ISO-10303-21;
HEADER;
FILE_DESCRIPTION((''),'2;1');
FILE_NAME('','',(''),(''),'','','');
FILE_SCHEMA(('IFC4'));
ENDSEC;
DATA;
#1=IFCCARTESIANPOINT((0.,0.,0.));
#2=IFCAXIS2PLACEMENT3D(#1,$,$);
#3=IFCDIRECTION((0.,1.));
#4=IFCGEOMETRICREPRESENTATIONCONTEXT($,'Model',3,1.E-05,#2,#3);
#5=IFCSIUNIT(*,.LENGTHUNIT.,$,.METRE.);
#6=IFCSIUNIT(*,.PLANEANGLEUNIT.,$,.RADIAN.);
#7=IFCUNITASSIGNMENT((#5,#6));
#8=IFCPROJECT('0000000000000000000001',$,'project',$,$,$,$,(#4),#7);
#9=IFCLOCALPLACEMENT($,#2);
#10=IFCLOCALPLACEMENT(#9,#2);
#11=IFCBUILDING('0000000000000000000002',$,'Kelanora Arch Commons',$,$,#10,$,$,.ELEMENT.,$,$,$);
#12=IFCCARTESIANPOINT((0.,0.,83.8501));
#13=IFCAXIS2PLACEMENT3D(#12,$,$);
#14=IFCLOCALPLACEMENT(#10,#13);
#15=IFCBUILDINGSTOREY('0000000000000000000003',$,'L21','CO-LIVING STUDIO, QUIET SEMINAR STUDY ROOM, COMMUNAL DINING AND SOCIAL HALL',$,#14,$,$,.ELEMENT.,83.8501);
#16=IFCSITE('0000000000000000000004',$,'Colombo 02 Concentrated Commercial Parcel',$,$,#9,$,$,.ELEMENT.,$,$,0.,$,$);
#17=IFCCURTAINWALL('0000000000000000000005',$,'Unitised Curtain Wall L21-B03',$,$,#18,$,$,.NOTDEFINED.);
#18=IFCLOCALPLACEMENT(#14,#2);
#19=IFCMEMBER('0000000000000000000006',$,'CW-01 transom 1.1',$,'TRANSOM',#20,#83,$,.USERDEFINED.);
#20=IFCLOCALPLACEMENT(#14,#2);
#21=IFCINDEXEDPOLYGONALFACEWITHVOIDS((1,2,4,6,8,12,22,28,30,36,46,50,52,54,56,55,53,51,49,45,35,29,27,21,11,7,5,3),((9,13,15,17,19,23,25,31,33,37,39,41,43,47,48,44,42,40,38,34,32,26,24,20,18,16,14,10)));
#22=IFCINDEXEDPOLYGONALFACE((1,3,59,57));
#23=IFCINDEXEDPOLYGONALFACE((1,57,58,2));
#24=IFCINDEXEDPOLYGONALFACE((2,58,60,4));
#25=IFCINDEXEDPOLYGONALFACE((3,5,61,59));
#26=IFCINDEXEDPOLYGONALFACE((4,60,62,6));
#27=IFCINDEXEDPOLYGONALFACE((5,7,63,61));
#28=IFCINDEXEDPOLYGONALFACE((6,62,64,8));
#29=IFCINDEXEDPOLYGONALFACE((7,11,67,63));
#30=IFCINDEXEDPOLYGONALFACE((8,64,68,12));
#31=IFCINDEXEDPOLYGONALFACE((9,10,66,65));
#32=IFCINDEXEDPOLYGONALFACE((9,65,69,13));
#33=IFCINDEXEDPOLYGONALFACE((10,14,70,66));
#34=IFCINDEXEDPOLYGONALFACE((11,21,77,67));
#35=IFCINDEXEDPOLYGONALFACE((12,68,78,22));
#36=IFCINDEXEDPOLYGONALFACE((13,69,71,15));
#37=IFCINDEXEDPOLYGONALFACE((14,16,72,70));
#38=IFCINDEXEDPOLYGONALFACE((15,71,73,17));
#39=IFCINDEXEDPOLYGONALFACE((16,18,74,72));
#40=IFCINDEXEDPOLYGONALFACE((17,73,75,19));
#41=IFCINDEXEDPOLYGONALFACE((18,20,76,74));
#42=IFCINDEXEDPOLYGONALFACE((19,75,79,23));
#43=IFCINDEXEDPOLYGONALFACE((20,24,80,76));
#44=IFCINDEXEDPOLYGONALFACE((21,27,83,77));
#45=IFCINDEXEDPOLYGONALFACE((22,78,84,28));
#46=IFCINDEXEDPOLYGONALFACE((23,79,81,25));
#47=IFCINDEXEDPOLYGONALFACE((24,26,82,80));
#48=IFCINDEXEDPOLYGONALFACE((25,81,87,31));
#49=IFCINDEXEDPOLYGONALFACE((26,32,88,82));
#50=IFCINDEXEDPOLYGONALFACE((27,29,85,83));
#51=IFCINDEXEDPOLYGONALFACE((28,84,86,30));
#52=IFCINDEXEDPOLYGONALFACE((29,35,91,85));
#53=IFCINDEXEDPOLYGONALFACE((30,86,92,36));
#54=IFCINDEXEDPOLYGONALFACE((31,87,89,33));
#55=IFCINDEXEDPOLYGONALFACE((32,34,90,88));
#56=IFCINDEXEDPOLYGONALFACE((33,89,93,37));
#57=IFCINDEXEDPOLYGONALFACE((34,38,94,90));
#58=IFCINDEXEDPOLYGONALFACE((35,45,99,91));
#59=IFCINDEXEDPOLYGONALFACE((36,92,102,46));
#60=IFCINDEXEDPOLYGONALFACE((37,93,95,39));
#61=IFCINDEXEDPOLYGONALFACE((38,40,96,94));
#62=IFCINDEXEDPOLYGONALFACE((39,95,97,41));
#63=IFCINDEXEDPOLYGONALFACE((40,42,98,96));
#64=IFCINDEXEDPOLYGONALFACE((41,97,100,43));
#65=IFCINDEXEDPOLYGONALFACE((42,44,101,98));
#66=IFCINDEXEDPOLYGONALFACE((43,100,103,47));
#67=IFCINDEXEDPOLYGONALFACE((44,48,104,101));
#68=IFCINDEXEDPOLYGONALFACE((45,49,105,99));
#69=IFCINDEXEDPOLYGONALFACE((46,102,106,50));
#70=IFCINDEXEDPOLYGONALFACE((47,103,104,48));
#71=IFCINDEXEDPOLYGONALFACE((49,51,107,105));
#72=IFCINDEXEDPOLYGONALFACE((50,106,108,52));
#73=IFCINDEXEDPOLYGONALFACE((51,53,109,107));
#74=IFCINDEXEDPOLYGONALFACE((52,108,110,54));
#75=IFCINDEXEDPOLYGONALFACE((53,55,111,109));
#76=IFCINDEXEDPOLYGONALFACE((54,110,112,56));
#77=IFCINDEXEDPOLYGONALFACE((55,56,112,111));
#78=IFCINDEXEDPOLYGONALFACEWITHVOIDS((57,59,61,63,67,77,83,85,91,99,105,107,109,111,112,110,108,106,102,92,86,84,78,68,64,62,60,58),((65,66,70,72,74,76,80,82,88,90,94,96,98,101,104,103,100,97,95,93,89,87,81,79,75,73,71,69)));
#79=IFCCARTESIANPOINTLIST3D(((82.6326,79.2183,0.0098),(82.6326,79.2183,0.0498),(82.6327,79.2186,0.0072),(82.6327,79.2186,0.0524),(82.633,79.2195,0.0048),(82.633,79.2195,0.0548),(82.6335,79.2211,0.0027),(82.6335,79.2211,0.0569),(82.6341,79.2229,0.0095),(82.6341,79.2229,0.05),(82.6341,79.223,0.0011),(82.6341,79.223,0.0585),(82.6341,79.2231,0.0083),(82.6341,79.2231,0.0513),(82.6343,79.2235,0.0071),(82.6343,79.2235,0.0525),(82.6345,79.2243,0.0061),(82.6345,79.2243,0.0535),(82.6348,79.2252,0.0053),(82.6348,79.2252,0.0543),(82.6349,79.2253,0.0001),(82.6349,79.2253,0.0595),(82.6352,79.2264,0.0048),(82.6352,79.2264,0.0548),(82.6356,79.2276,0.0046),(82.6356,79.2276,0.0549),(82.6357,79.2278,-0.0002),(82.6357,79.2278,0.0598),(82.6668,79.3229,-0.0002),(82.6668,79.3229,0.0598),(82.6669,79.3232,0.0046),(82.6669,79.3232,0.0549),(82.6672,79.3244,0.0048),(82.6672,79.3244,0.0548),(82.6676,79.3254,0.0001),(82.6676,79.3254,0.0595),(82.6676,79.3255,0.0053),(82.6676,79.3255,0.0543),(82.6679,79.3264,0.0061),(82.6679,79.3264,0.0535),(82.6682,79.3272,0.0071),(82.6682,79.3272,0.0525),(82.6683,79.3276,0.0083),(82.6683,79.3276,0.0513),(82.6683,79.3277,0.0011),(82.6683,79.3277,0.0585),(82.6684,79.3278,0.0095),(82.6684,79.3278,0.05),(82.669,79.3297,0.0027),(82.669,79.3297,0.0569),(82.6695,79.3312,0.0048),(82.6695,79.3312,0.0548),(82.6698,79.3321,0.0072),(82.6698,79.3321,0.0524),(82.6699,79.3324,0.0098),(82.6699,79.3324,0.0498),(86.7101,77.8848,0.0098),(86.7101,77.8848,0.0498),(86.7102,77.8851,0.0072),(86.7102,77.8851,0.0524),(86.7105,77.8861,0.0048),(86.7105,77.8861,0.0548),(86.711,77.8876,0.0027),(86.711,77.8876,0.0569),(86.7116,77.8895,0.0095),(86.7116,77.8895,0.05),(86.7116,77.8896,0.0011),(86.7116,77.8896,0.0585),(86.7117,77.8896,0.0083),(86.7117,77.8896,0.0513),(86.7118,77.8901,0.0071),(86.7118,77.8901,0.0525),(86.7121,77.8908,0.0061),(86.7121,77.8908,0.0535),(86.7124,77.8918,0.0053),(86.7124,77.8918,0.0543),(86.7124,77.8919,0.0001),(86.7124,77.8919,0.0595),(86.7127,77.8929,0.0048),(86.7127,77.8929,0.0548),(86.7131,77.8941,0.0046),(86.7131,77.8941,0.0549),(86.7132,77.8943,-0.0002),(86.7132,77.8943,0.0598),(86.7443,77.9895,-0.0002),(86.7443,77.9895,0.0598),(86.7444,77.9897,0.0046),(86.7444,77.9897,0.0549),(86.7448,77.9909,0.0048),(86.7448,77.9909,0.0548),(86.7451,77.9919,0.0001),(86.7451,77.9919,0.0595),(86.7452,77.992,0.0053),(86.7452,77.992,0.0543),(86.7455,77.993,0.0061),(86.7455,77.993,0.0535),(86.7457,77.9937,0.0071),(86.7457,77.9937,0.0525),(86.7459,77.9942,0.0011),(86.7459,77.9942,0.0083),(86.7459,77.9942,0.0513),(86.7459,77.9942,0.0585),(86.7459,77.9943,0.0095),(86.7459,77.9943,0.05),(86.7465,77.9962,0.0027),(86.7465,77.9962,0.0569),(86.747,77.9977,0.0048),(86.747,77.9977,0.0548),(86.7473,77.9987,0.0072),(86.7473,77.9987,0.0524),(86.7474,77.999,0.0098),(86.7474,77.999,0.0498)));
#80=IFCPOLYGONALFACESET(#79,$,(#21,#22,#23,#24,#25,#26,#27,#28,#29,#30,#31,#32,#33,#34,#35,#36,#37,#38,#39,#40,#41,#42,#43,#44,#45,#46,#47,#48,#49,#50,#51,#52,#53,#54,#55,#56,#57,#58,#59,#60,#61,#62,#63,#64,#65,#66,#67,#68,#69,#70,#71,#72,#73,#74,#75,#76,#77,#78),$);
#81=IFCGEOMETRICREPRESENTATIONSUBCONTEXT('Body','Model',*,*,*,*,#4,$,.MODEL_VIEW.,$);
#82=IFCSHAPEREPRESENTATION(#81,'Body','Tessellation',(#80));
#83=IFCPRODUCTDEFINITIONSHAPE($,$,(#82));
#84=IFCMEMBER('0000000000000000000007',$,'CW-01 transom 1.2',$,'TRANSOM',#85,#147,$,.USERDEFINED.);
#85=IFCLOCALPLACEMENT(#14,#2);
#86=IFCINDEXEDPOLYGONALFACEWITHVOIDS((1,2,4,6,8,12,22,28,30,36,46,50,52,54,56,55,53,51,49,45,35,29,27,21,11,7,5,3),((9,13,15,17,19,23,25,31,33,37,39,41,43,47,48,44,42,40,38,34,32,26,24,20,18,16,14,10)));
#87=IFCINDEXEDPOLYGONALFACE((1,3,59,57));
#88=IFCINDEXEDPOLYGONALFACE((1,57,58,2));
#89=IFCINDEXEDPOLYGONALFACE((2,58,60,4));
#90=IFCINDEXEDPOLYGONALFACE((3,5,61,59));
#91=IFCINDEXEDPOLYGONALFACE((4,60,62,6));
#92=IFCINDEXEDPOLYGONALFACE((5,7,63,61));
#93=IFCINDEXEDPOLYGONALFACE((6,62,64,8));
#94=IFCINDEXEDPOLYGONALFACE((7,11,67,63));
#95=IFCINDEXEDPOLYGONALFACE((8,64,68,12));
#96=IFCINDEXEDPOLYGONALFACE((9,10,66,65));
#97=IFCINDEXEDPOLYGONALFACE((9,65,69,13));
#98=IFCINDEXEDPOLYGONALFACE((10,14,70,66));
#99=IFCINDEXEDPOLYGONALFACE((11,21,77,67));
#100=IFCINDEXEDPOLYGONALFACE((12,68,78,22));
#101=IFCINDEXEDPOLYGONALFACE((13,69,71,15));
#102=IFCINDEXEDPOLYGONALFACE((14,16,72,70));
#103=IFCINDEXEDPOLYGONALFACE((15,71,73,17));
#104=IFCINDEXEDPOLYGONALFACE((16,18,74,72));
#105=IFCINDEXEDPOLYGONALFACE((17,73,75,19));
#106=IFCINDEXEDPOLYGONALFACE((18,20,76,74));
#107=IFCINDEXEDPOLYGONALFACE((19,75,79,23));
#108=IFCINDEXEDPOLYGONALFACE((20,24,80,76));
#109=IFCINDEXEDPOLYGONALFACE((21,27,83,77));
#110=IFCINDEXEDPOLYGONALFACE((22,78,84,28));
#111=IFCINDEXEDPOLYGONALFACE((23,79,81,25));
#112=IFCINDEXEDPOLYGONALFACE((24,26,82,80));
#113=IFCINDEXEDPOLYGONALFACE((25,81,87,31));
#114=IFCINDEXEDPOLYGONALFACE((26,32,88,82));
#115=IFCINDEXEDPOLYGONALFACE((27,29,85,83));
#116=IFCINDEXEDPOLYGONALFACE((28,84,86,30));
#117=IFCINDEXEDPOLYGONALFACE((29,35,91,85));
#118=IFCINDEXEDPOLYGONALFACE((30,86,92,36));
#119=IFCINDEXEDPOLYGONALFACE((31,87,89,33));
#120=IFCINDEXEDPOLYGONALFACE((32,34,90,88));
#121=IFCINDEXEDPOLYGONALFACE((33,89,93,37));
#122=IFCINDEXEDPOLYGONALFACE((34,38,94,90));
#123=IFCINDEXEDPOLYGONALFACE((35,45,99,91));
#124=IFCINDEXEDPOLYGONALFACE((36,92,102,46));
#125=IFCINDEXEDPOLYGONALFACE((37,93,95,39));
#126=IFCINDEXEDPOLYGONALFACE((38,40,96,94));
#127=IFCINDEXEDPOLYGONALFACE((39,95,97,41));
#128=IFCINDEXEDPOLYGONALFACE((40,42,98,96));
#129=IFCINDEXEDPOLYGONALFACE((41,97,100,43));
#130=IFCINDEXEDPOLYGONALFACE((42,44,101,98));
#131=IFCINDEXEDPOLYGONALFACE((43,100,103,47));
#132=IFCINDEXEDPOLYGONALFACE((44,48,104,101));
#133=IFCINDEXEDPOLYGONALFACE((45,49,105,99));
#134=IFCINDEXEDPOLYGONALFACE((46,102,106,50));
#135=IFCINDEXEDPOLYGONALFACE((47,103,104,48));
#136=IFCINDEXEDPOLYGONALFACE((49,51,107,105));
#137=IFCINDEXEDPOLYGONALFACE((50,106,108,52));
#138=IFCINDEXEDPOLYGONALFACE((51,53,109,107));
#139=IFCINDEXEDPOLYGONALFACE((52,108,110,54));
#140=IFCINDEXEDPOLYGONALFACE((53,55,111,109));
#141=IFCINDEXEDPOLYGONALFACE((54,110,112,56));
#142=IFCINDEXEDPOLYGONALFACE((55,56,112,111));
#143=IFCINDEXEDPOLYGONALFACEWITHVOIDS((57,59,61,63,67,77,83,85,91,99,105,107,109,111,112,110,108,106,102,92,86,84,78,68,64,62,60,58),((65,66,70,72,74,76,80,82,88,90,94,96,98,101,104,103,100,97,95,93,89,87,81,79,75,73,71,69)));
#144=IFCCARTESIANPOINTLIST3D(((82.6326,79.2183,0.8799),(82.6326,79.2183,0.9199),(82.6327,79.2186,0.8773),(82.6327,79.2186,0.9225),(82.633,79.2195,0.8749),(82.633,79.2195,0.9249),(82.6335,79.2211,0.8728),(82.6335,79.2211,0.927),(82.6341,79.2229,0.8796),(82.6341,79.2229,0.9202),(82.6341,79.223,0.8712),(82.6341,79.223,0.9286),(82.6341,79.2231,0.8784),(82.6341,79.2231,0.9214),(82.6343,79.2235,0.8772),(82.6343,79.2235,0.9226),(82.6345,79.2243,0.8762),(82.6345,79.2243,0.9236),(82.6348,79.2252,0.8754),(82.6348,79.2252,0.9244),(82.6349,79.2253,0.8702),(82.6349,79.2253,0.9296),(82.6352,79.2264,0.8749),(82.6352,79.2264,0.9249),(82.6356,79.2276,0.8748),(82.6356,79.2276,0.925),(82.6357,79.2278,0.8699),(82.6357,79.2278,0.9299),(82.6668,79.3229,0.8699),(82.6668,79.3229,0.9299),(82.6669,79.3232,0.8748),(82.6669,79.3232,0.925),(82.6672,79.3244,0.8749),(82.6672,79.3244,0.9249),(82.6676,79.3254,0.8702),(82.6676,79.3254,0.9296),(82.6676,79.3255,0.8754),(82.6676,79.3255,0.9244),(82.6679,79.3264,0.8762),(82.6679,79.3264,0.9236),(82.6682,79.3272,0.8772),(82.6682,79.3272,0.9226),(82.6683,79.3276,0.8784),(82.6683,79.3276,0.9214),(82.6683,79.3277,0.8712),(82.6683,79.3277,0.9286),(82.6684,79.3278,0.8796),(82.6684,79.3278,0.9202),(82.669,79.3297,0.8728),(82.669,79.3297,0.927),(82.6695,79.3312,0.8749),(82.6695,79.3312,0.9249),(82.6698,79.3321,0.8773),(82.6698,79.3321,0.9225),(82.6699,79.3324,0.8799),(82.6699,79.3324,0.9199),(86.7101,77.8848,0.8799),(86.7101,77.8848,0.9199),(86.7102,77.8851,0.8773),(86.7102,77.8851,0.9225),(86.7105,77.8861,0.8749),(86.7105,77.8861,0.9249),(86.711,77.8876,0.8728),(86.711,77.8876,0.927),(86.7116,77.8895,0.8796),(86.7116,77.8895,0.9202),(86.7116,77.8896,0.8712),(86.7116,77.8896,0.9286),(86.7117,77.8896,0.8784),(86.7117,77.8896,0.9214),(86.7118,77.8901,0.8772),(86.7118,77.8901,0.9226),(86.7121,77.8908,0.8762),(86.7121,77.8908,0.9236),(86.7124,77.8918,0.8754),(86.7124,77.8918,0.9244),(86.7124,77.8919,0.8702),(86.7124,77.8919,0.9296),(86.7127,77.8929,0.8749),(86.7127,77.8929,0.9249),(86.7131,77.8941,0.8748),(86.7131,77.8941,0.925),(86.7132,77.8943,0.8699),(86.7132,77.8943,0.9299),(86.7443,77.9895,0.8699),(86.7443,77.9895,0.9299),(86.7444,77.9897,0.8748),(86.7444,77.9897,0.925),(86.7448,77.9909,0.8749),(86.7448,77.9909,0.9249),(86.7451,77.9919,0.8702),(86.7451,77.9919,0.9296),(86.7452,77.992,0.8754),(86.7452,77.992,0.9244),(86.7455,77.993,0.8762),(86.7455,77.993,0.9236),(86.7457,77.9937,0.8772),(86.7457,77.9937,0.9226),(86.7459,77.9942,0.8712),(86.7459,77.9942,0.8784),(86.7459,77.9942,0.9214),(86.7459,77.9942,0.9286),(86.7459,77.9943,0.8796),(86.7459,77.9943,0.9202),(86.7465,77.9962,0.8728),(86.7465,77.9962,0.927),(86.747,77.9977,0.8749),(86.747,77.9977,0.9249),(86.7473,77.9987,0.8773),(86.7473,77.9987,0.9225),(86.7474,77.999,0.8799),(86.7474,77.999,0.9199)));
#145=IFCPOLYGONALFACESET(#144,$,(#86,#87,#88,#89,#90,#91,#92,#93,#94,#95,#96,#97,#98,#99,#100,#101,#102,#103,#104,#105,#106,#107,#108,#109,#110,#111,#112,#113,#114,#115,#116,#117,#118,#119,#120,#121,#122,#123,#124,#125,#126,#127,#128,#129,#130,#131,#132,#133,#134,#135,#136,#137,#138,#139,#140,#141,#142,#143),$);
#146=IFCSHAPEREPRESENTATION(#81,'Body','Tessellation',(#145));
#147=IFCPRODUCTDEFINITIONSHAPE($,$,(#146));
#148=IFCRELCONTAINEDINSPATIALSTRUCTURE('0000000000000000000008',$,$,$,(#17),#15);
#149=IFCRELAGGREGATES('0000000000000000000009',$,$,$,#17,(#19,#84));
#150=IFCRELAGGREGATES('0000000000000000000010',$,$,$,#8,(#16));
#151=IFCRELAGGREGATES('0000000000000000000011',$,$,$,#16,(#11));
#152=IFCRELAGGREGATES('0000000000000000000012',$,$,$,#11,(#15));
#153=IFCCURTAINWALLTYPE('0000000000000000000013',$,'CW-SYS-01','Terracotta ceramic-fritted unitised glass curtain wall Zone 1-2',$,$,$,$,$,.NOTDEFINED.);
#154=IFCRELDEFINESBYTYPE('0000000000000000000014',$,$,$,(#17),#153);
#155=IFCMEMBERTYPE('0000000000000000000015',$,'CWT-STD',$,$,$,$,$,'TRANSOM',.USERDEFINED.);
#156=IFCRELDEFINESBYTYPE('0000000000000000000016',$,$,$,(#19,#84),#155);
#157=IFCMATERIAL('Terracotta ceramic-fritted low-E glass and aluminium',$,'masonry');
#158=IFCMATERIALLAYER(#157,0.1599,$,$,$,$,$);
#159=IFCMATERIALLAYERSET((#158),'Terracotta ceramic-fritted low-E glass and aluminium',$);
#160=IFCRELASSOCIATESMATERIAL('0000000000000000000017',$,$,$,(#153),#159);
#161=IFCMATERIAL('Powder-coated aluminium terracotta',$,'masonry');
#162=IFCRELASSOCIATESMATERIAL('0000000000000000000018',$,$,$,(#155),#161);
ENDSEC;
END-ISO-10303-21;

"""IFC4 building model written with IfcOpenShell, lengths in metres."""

from ifc_helpers import new_model, si_unit, direction, frame, origin, origin_2d, place, context, subcontext, project, spatial, hollow_rectangle, extrude, material, layer, layer_set, material_profile, profile_set, type_object, element, aggregate, save


model = new_model("IFC4")

# Units and contexts
model_context = context("Model", 3, precision=1e-05, world=origin(), true_north=direction((0.0, 1.0)))
body_context = subcontext(model_context, "Body", "Model", "MODEL_VIEW")
ifc_project = project(units=[si_unit("LENGTHUNIT", "METRE"), si_unit("PLANEANGLEUNIT", "RADIAN")], contexts=[model_context])

# Site, building, storey
site_placement = place(None, origin())
site = spatial("IfcSite", under=ifc_project, at=site_placement, Name="Colombo 02 Concentrated Commercial Parcel", CompositionType="ELEMENT", RefElevation=0.0)
building_placement = place(site_placement, origin())
building = spatial("IfcBuilding", under=site, at=building_placement, Name="Kelanora Arch Commons", CompositionType="ELEMENT")
storey_placement = place(building_placement, frame((0.0, 0.0, 83.8501)))
storey = spatial("IfcBuildingStorey", under=building, at=storey_placement, Name="L21", Description="CO-LIVING STUDIO, QUIET SEMINAR STUDY ROOM, COMMUNAL DINING AND SOCIAL HALL", CompositionType="ELEMENT", Elevation=83.8501)

# Shared definitions
ifc_material_1 = material(Name="Terracotta ceramic-fritted low-E glass and aluminium", Category="masonry")
ifc_layer_1 = layer(ifc_material_1, 0.1599)
ifc_layer_set_1 = layer_set([ifc_layer_1], Name="Terracotta ceramic-fritted low-E glass and aluminium")
curtain_wall_type = type_object("IfcCurtainWallType", Name="CW-SYS-01", Description="Terracotta ceramic-fritted unitised glass curtain wall Zone 1-2", PredefinedType="NOTDEFINED", material=ifc_layer_set_1)
ifc_material_2 = material(Name="Powder-coated aluminium terracotta", Category="masonry")

# Curtain wall, members
curtain_wall_1_placement = place(storey_placement, origin())
curtain_wall_1 = element("IfcCurtainWall", 1, at=curtain_wall_1_placement, inside=storey, type_object=curtain_wall_type, Name="Unitised Curtain Wall L21-B03", PredefinedType="NOTDEFINED")
ifc_material_profile_1 = material_profile(ifc_material_2, hollow_rectangle(XDim=0.1201, YDim=0.0601, WallThickness=0.0049, InnerFilletRadius=0.0049, OuterFilletRadius=0.01, at=origin_2d()), Name="CWT120x60")
ifc_profile_set_1 = profile_set([ifc_material_profile_1], Name="Powder-coated aluminium terracotta")
member_type_1 = type_object("IfcMemberType", Name="CWT-STD", ElementType="TRANSOM", PredefinedType="USERDEFINED", material=ifc_profile_set_1)
member_1_placement = place(storey_placement, frame((86.7288, 77.9419, 0.0298), z_axis=(-0.950466, 0.310828, 0.0), x_axis=(-0.310828, -0.950466, 0.0)))
member_1 = element("IfcMember", 2, at=member_1_placement, type_object=member_type_1, Name="CW-01 transom 1.1", ObjectType="TRANSOM", PredefinedType="USERDEFINED", context=body_context, shape_type="SweptSolid", body=[
    extrude(hollow_rectangle(XDim=0.1201, YDim=0.0601, WallThickness=0.0049, InnerFilletRadius=0.0049, OuterFilletRadius=0.01, at=origin_2d()), origin(), (0.0, 0.0, 1.0), 4.29),
])
member_2_placement = place(storey_placement, frame((86.7288, 77.9419, 0.8999), z_axis=(-0.950466, 0.310828, 0.0), x_axis=(-0.310828, -0.950466, 0.0)))
member_2 = element("IfcMember", 3, at=member_2_placement, type_object=member_type_1, Name="CW-01 transom 1.2", ObjectType="TRANSOM", PredefinedType="USERDEFINED", context=body_context, shape_type="SweptSolid", body=[
    extrude(hollow_rectangle(XDim=0.1201, YDim=0.0601, WallThickness=0.0049, InnerFilletRadius=0.0049, OuterFilletRadius=0.01, at=origin_2d()), origin(), (0.0, 0.0, 1.0), 4.29),
])
aggregate(curtain_wall_1, [member_1, member_2])

save(model, "model.ifc")
